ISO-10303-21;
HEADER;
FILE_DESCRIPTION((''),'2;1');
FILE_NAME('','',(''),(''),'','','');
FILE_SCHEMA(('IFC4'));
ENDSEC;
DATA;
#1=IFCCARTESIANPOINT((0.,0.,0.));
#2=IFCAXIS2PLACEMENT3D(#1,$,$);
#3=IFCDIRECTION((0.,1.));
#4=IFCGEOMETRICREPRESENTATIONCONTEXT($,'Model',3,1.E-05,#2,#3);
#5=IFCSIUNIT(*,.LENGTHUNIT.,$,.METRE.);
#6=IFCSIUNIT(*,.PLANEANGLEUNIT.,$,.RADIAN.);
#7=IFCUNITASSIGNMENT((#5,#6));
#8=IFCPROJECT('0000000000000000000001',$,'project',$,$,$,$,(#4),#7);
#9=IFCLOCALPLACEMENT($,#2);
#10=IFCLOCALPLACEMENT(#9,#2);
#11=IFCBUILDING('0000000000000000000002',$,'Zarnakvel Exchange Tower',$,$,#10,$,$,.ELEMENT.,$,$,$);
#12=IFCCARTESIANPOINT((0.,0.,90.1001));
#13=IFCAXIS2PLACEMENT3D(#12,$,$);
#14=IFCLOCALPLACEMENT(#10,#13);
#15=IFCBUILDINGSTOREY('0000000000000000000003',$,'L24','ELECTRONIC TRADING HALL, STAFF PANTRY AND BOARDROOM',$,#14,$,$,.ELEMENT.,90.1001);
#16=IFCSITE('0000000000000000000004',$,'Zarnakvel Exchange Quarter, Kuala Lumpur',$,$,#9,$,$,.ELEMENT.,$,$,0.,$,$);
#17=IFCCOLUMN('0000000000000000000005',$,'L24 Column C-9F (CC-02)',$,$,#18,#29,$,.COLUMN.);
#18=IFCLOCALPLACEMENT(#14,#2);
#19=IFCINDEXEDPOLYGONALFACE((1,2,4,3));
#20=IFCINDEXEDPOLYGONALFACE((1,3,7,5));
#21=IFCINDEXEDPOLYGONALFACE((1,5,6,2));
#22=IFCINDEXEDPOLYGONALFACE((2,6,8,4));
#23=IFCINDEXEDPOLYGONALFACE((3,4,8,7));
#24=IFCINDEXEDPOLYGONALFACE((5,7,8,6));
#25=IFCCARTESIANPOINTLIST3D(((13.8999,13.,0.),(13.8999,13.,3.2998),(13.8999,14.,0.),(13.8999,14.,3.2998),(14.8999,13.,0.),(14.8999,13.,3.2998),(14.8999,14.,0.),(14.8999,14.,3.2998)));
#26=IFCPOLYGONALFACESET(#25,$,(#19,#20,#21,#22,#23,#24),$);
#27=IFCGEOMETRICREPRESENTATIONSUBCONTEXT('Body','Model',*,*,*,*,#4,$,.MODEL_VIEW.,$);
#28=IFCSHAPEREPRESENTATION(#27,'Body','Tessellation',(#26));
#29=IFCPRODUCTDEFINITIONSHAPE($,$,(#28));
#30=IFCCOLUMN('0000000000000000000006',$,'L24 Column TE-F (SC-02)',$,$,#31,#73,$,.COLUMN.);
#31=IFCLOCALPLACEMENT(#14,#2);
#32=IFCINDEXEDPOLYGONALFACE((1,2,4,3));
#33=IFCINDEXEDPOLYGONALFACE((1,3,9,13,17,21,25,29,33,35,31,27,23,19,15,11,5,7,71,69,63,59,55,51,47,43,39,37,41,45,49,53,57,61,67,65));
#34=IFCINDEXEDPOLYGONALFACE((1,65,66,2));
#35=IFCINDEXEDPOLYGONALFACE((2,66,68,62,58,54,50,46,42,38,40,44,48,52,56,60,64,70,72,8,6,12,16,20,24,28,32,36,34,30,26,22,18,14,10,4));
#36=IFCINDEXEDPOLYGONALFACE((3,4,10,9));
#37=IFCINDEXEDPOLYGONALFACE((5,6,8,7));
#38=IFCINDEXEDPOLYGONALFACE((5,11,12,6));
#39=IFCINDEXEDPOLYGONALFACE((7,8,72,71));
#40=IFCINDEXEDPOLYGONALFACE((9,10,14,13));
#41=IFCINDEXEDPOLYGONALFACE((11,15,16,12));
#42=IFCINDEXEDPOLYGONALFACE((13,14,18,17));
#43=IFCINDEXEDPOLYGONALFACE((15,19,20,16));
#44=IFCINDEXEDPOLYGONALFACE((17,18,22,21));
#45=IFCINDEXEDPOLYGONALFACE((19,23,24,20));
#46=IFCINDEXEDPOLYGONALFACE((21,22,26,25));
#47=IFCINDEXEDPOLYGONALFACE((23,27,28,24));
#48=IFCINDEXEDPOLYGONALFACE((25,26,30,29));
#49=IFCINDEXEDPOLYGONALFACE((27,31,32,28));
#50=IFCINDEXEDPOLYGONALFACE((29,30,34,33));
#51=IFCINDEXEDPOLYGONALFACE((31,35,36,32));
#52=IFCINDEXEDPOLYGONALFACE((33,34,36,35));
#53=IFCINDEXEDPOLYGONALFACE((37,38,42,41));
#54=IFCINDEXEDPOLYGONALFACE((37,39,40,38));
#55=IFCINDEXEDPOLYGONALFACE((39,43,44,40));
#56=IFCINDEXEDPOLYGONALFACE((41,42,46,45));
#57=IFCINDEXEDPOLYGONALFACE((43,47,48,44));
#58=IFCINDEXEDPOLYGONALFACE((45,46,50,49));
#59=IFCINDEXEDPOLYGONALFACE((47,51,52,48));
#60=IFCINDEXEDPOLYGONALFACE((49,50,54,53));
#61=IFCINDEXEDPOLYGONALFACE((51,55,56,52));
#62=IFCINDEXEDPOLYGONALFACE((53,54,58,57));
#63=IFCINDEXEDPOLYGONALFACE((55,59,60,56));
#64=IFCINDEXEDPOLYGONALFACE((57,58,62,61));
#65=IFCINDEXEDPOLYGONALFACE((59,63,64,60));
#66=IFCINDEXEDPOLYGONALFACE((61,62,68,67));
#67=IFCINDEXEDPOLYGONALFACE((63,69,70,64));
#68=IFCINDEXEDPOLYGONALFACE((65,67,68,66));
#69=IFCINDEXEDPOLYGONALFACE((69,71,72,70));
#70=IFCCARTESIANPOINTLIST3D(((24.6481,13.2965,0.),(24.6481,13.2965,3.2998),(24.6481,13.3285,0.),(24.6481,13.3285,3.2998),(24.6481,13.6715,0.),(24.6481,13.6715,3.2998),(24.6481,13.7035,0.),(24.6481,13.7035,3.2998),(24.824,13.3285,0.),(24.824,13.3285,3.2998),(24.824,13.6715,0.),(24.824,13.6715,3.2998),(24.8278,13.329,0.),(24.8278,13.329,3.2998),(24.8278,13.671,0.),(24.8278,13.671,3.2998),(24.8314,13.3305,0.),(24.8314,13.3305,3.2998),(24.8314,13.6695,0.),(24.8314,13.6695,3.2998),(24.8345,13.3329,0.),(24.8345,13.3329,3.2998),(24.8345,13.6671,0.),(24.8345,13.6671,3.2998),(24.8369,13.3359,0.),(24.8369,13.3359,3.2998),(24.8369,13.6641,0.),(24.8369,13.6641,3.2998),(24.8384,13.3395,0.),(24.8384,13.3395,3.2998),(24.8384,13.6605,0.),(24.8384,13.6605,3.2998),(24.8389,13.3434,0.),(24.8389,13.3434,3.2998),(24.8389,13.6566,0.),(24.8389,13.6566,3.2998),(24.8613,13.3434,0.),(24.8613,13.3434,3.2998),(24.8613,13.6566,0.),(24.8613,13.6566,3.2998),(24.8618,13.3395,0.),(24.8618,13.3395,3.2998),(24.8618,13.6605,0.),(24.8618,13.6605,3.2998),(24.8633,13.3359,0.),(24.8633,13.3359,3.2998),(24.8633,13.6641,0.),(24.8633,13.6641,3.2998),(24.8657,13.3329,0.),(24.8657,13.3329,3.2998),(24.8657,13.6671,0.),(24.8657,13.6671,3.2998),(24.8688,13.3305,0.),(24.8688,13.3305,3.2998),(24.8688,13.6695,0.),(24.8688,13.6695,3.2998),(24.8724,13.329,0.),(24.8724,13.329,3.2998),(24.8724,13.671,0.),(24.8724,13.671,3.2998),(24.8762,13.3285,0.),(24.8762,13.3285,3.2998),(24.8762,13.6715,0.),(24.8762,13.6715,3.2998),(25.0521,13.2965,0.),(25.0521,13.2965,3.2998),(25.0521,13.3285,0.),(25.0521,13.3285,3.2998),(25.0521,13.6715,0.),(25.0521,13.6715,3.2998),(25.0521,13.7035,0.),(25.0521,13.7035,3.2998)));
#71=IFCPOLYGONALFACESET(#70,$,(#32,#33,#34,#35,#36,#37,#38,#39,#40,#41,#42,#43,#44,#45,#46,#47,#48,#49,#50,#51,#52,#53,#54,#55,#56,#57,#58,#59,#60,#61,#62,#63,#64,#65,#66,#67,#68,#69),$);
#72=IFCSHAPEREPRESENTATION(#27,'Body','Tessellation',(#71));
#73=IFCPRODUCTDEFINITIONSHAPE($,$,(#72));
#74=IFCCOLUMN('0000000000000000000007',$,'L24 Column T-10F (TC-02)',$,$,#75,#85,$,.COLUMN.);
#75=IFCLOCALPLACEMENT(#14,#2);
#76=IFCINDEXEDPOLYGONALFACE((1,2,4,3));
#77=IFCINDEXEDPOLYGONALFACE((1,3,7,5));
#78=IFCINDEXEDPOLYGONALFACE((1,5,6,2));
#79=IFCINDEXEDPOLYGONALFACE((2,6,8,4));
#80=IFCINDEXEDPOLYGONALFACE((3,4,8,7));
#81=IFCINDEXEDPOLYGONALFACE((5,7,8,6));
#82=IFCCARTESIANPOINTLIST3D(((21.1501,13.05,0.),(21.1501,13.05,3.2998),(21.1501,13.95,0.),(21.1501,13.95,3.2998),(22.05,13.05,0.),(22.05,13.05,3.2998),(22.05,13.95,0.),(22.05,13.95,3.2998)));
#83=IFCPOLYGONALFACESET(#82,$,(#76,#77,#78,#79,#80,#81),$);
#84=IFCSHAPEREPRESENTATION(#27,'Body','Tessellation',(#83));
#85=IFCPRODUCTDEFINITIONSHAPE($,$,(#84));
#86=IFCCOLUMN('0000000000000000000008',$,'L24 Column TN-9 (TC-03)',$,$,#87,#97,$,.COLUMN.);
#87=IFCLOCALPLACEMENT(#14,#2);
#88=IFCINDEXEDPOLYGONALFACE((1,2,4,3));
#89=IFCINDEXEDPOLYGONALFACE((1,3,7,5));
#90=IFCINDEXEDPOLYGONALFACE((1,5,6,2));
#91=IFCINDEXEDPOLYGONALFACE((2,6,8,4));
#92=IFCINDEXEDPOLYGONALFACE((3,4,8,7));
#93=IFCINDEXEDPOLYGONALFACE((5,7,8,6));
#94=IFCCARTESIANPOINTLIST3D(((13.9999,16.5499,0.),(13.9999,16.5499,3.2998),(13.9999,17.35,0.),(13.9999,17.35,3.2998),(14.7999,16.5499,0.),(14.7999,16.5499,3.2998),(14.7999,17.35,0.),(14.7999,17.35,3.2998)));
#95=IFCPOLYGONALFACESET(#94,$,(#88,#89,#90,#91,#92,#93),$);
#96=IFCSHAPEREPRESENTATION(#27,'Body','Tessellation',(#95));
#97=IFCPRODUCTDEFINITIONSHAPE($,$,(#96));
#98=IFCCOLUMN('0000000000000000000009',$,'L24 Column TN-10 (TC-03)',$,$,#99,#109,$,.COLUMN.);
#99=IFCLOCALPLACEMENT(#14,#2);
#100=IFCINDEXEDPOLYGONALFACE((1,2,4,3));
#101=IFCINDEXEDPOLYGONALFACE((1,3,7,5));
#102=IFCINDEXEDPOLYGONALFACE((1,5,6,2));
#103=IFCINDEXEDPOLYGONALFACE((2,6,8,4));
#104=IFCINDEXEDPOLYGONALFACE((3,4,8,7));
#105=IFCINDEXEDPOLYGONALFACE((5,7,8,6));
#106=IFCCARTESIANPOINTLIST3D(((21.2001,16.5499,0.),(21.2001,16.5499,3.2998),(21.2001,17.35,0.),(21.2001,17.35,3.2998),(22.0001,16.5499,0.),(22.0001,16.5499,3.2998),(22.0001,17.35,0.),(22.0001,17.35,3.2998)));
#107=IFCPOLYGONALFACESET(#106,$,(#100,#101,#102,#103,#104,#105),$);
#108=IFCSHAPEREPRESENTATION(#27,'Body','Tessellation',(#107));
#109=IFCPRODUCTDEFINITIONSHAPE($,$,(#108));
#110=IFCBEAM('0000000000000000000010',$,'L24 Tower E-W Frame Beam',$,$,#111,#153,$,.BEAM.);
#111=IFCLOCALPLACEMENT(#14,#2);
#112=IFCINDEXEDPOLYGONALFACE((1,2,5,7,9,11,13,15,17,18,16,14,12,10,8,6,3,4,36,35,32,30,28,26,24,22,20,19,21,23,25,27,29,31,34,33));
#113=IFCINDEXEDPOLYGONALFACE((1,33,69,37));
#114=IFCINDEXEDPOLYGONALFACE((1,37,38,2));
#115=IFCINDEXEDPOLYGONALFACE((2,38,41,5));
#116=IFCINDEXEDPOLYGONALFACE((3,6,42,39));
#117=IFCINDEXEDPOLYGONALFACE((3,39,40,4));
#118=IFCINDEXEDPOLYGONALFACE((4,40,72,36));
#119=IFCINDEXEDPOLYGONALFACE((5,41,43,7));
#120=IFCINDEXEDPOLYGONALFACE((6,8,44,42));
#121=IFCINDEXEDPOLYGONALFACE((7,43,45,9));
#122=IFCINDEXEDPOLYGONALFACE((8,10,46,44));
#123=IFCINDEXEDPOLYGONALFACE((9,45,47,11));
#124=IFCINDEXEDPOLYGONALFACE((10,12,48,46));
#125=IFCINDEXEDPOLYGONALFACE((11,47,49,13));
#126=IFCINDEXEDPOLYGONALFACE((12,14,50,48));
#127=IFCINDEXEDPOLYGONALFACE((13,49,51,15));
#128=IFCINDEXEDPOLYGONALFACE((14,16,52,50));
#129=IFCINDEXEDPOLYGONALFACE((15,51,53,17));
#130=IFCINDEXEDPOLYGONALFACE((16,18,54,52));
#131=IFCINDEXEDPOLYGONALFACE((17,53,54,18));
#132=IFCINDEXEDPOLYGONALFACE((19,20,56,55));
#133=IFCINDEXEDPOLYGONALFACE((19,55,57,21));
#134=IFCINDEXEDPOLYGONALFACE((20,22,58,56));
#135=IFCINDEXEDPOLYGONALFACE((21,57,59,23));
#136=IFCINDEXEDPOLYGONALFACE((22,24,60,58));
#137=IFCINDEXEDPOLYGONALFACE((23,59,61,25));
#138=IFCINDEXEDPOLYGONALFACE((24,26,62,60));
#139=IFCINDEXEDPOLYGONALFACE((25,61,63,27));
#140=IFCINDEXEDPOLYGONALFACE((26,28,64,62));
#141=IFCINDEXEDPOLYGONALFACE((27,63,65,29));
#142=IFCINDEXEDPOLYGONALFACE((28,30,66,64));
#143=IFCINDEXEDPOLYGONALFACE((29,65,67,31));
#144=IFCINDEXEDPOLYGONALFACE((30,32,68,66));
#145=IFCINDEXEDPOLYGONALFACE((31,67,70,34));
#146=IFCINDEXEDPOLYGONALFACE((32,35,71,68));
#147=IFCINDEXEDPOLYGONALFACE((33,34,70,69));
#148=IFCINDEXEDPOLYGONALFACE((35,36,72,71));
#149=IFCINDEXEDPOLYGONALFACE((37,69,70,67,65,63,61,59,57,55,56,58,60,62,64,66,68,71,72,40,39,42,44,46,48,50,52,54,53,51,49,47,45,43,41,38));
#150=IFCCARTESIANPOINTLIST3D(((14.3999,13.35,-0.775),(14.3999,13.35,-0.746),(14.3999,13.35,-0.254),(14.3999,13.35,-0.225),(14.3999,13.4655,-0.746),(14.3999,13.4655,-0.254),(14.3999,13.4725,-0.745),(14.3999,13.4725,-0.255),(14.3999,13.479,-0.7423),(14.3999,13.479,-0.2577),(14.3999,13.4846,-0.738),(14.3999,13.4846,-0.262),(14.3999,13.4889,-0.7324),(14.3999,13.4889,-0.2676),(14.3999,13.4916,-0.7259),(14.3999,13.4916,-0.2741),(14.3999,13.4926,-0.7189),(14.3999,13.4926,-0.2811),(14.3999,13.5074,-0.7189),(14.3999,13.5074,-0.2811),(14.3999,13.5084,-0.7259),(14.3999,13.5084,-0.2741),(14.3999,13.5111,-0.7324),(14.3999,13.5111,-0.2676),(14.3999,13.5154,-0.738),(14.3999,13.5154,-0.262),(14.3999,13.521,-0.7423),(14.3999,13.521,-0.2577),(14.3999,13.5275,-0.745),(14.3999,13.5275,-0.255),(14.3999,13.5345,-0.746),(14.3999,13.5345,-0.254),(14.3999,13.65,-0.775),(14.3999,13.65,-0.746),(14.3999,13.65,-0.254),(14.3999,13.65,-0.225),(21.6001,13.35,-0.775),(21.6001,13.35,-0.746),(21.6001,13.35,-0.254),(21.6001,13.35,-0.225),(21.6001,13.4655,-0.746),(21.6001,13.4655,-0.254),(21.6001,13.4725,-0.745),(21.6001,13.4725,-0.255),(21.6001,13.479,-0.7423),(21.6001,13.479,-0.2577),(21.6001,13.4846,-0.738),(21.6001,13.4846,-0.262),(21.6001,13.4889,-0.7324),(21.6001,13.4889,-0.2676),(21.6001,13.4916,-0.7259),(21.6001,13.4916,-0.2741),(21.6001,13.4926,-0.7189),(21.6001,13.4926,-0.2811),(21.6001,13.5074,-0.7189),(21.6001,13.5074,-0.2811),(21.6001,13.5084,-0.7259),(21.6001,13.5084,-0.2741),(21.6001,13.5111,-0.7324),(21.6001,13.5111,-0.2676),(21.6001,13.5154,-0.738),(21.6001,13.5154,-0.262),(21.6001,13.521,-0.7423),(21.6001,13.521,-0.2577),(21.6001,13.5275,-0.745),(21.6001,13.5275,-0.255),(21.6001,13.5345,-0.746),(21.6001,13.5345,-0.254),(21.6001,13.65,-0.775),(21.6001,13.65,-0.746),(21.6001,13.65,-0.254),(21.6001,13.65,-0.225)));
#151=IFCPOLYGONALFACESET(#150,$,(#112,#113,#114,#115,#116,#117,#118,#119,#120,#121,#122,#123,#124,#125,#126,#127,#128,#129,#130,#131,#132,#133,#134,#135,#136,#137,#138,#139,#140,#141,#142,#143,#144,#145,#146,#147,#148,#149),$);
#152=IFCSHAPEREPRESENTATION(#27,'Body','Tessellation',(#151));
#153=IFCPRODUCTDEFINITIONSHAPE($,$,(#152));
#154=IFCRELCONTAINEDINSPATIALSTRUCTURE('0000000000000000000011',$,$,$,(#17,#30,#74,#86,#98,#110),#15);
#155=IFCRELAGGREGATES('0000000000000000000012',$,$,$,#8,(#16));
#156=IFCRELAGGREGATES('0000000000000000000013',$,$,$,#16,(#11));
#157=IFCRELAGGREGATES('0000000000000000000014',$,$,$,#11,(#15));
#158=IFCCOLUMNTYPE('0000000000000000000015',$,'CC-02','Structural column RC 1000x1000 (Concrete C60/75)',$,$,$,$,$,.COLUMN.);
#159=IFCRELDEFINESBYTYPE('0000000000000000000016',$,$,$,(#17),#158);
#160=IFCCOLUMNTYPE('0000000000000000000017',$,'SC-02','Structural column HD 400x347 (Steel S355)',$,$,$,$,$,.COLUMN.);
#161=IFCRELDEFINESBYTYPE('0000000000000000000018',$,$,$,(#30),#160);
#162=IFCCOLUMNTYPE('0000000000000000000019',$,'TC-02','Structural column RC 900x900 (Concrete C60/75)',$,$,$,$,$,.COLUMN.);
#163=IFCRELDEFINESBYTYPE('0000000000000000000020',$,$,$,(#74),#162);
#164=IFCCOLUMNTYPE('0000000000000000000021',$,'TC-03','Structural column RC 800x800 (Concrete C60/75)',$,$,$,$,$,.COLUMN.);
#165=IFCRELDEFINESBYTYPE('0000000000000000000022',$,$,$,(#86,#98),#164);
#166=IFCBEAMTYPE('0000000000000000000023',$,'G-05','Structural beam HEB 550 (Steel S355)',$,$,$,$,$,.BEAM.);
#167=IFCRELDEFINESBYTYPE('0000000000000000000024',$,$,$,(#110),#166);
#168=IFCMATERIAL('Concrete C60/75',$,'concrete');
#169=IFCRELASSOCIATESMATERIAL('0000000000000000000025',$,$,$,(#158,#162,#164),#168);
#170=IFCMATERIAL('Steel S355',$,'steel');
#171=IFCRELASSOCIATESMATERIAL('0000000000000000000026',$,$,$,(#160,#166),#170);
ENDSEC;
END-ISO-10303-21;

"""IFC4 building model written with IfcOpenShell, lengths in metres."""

from ifc_helpers import new_model, si_unit, direction, frame, origin, origin_2d, place, context, subcontext, project, spatial, rectangle, i_section, extrude, material, material_profile, profile_set, type_object, element, save


model = new_model("IFC4")

# Units and contexts
model_context = context("Model", 3, precision=1e-05, world=origin(), true_north=direction((0.0, 1.0)))
body_context = subcontext(model_context, "Body", "Model", "MODEL_VIEW")
ifc_project = project(units=[si_unit("LENGTHUNIT", "METRE"), si_unit("PLANEANGLEUNIT", "RADIAN")], contexts=[model_context])

# Site, building, storey
site_placement = place(None, origin())
site = spatial("IfcSite", under=ifc_project, at=site_placement, Name="Zarnakvel Exchange Quarter, Kuala Lumpur", CompositionType="ELEMENT", RefElevation=0.0)
building_placement = place(site_placement, origin())
building = spatial("IfcBuilding", under=site, at=building_placement, Name="Zarnakvel Exchange Tower", CompositionType="ELEMENT")
storey_placement = place(building_placement, frame((0.0, 0.0, 90.1001)))
storey = spatial("IfcBuildingStorey", under=building, at=storey_placement, Name="L24", Description="ELECTRONIC TRADING HALL, STAFF PANTRY AND BOARDROOM", CompositionType="ELEMENT", Elevation=90.1001)

# Columns
ifc_material_1 = material(Name="Concrete C60/75", Category="concrete")
ifc_material_profile_1 = material_profile(ifc_material_1, rectangle(XDim=1.0, YDim=1.0, at=origin_2d()))
ifc_profile_set_1 = profile_set([ifc_material_profile_1], Name="Concrete C60/75")
column_type_1 = type_object("IfcColumnType", Name="CC-02", Description="Structural column RC 1000x1000 (Concrete C60/75)", PredefinedType="COLUMN", material=ifc_profile_set_1)
column_1_placement = place(storey_placement, frame((14.3999, 13.5, 0.0), z_axis=(0.0, 0.0, 1.0), x_axis=(1.0, 0.0, 0.0)))
element("IfcColumn", 1, at=column_1_placement, inside=storey, type_object=column_type_1, Name="L24 Column C-9F (CC-02)", PredefinedType="COLUMN", context=body_context, shape_type="SweptSolid", body=[
    extrude(rectangle(XDim=1.0, YDim=1.0, at=origin_2d()), origin(), (0.0, 0.0, 1.0), 3.2998),
])
ifc_material_2 = material(Name="Steel S355", Category="steel")
ifc_material_profile_2 = material_profile(ifc_material_2, i_section(OverallWidth=0.4041, OverallDepth=0.407, WebThickness=0.0225, FlangeThickness=0.032, FilletRadius=0.0149, at=origin_2d()))
ifc_profile_set_2 = profile_set([ifc_material_profile_2], Name="Steel S355")
column_type_2 = type_object("IfcColumnType", Name="SC-02", Description="Structural column HD 400x347 (Steel S355)", PredefinedType="COLUMN", material=ifc_profile_set_2)
column_2_placement = place(storey_placement, frame((24.8501, 13.5, 0.0), z_axis=(0.0, 0.0, 1.0), x_axis=(1.0, 0.0, 0.0)))
element("IfcColumn", 2, at=column_2_placement, inside=storey, type_object=column_type_2, Name="L24 Column TE-F (SC-02)", PredefinedType="COLUMN", context=body_context, shape_type="SweptSolid", body=[
    extrude(i_section(OverallWidth=0.4041, OverallDepth=0.407, WebThickness=0.0225, FlangeThickness=0.032, FilletRadius=0.0149, at=origin_2d()), origin(), (0.0, 0.0, 1.0), 3.2998),
])
ifc_material_profile_3 = material_profile(ifc_material_1, rectangle(XDim=0.8999, YDim=0.8999, at=origin_2d()))
ifc_profile_set_3 = profile_set([ifc_material_profile_3], Name="Concrete C60/75")
column_type_3 = type_object("IfcColumnType", Name="TC-02", Description="Structural column RC 900x900 (Concrete C60/75)", PredefinedType="COLUMN", material=ifc_profile_set_3)
column_3_placement = place(storey_placement, frame((21.6001, 13.5, 0.0), z_axis=(0.0, 0.0, 1.0), x_axis=(1.0, 0.0, 0.0)))
element("IfcColumn", 3, at=column_3_placement, inside=storey, type_object=column_type_3, Name="L24 Column T-10F (TC-02)", PredefinedType="COLUMN", context=body_context, shape_type="SweptSolid", body=[
    extrude(rectangle(XDim=0.8999, YDim=0.8999, at=origin_2d()), origin(), (0.0, 0.0, 1.0), 3.2998),
])
ifc_material_profile_4 = material_profile(ifc_material_1, rectangle(XDim=0.8, YDim=0.8, at=origin_2d()))
ifc_profile_set_4 = profile_set([ifc_material_profile_4], Name="Concrete C60/75")
column_type_4 = type_object("IfcColumnType", Name="TC-03", Description="Structural column RC 800x800 (Concrete C60/75)", PredefinedType="COLUMN", material=ifc_profile_set_4)
for number, where, z_axis, x_axis, name in (
    (4, (14.3999, 16.95, 0.0), (0.0, 0.0, 1.0), (1.0, 0.0, 0.0), "L24 Column TN-9 (TC-03)"),
    (5, (21.6001, 16.95, 0.0), (0.0, 0.0, 1.0), (1.0, 0.0, 0.0), "L24 Column TN-10 (TC-03)"),
):
    element("IfcColumn", number, at=place(storey_placement, frame(where, z_axis=z_axis, x_axis=x_axis)), inside=storey, type_object=column_type_4, Name=name, PredefinedType="COLUMN", context=body_context, shape_type="SweptSolid", body=[
        extrude(rectangle(XDim=0.8, YDim=0.8, at=origin_2d()), origin(), (0.0, 0.0, 1.0), 3.2998),
    ])

# Beam
ifc_material_profile_5 = material_profile(ifc_material_2, i_section(OverallWidth=0.3, OverallDepth=0.55, WebThickness=0.0149, FlangeThickness=0.0291, FilletRadius=0.0271, at=origin_2d()))
ifc_profile_set_5 = profile_set([ifc_material_profile_5], Name="Steel S355")
beam_type_1 = type_object("IfcBeamType", Name="G-05", Description="Structural beam HEB 550 (Steel S355)", PredefinedType="BEAM", material=ifc_profile_set_5)
beam_1_placement = place(storey_placement, frame((14.3999, 13.5, -0.5), z_axis=(1.0, 0.0, 0.0), x_axis=(0.0, 1.0, 0.0)))
element("IfcBeam", 6, at=beam_1_placement, inside=storey, type_object=beam_type_1, Name="L24 Tower E-W Frame Beam", PredefinedType="BEAM", context=body_context, shape_type="SweptSolid", body=[
    extrude(i_section(OverallWidth=0.3, OverallDepth=0.55, WebThickness=0.0149, FlangeThickness=0.0291, FilletRadius=0.0271, at=origin_2d()), origin(), (0.0, 0.0, 1.0), 7.2002),
])

save(model, "model.ifc")
